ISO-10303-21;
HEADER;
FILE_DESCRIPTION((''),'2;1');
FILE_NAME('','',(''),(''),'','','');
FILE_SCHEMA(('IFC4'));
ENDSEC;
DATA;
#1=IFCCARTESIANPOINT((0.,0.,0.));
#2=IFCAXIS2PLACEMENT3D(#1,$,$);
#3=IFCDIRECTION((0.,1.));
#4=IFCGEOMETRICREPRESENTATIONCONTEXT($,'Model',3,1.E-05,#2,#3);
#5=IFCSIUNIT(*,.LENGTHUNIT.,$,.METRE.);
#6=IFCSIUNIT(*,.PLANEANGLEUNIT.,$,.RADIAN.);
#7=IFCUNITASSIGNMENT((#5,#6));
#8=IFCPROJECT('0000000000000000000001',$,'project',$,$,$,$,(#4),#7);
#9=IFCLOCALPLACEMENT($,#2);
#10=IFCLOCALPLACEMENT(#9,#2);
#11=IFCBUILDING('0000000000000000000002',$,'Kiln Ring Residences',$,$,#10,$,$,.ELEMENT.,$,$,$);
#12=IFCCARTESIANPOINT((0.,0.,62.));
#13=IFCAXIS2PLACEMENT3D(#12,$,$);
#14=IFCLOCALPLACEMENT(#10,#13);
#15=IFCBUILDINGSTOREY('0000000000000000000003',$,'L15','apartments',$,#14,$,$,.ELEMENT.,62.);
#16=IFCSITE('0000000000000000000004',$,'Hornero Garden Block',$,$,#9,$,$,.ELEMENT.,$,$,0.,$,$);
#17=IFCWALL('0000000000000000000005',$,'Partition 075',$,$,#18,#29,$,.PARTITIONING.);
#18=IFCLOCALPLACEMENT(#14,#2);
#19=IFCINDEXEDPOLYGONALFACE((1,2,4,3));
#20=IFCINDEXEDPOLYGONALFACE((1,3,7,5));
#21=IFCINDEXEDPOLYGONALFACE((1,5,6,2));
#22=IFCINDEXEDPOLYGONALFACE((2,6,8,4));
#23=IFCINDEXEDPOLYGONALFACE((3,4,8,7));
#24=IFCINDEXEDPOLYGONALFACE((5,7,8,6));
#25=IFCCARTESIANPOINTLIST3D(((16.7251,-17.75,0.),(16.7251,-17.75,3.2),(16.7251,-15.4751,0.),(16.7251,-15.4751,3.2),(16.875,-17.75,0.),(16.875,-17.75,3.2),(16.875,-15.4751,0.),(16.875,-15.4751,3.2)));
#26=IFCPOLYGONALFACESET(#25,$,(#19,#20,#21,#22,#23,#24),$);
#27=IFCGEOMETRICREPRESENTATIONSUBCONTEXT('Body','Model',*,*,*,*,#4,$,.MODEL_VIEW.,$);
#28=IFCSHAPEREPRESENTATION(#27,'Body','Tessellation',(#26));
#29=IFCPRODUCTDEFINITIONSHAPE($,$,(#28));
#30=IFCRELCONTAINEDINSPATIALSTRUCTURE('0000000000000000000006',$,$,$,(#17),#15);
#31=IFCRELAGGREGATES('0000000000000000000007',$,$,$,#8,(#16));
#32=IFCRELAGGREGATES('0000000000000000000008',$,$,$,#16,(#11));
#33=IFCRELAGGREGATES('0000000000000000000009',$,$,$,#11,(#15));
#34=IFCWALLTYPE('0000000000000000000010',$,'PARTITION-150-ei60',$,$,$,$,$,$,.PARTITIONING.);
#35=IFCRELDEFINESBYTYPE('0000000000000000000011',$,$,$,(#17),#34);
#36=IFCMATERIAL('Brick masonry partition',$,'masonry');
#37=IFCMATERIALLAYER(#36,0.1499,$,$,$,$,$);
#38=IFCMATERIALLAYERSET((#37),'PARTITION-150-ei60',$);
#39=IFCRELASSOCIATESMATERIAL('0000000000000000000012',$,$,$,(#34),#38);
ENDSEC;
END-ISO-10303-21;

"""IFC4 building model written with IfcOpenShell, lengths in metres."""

from ifc_helpers import new_model, si_unit, direction, frame, frame_2d, origin, place, context, subcontext, project, spatial, rectangle, extrude, material, layer, layer_set, type_object, element, save


model = new_model("IFC4")

# Units and contexts
model_context = context("Model", 3, precision=1e-05, world=origin(), true_north=direction((0.0, 1.0)))
body_context = subcontext(model_context, "Body", "Model", "MODEL_VIEW")
ifc_project = project(units=[si_unit("LENGTHUNIT", "METRE"), si_unit("PLANEANGLEUNIT", "RADIAN")], contexts=[model_context])

# Site, building, storey
site_placement = place(None, origin())
site = spatial("IfcSite", under=ifc_project, at=site_placement, Name="Hornero Garden Block", CompositionType="ELEMENT", RefElevation=0.0)
building_placement = place(site_placement, origin())
building = spatial("IfcBuilding", under=site, at=building_placement, Name="Kiln Ring Residences", CompositionType="ELEMENT")
storey_placement = place(building_placement, frame((0.0, 0.0, 62.0)))
storey = spatial("IfcBuildingStorey", under=building, at=storey_placement, Name="L15", Description="apartments", CompositionType="ELEMENT", Elevation=62.0)

# Wall
ifc_material_1 = material(Name="Brick masonry partition", Category="masonry")
ifc_layer_1 = layer(ifc_material_1, 0.1499)
ifc_layer_set_1 = layer_set([ifc_layer_1], Name="PARTITION-150-ei60")
wall_type_1 = type_object("IfcWallType", Name="PARTITION-150-ei60", PredefinedType="PARTITIONING", material=ifc_layer_set_1)
wall_1_placement = place(storey_placement, frame((16.8, -17.75, 0.0), z_axis=(0.0, 0.0, 1.0), x_axis=(0.0, 1.0, 0.0)))
element("IfcWall", 1, at=wall_1_placement, inside=storey, type_object=wall_type_1, Name="Partition 075", PredefinedType="PARTITIONING", context=body_context, shape_type="SweptSolid", body=[
    extrude(rectangle(XDim=2.2749, YDim=0.1499, at=frame_2d((1.1375, 0.0))), origin(), (0.0, 0.0, 1.0), 3.2),
])

save(model, "model.ifc")
